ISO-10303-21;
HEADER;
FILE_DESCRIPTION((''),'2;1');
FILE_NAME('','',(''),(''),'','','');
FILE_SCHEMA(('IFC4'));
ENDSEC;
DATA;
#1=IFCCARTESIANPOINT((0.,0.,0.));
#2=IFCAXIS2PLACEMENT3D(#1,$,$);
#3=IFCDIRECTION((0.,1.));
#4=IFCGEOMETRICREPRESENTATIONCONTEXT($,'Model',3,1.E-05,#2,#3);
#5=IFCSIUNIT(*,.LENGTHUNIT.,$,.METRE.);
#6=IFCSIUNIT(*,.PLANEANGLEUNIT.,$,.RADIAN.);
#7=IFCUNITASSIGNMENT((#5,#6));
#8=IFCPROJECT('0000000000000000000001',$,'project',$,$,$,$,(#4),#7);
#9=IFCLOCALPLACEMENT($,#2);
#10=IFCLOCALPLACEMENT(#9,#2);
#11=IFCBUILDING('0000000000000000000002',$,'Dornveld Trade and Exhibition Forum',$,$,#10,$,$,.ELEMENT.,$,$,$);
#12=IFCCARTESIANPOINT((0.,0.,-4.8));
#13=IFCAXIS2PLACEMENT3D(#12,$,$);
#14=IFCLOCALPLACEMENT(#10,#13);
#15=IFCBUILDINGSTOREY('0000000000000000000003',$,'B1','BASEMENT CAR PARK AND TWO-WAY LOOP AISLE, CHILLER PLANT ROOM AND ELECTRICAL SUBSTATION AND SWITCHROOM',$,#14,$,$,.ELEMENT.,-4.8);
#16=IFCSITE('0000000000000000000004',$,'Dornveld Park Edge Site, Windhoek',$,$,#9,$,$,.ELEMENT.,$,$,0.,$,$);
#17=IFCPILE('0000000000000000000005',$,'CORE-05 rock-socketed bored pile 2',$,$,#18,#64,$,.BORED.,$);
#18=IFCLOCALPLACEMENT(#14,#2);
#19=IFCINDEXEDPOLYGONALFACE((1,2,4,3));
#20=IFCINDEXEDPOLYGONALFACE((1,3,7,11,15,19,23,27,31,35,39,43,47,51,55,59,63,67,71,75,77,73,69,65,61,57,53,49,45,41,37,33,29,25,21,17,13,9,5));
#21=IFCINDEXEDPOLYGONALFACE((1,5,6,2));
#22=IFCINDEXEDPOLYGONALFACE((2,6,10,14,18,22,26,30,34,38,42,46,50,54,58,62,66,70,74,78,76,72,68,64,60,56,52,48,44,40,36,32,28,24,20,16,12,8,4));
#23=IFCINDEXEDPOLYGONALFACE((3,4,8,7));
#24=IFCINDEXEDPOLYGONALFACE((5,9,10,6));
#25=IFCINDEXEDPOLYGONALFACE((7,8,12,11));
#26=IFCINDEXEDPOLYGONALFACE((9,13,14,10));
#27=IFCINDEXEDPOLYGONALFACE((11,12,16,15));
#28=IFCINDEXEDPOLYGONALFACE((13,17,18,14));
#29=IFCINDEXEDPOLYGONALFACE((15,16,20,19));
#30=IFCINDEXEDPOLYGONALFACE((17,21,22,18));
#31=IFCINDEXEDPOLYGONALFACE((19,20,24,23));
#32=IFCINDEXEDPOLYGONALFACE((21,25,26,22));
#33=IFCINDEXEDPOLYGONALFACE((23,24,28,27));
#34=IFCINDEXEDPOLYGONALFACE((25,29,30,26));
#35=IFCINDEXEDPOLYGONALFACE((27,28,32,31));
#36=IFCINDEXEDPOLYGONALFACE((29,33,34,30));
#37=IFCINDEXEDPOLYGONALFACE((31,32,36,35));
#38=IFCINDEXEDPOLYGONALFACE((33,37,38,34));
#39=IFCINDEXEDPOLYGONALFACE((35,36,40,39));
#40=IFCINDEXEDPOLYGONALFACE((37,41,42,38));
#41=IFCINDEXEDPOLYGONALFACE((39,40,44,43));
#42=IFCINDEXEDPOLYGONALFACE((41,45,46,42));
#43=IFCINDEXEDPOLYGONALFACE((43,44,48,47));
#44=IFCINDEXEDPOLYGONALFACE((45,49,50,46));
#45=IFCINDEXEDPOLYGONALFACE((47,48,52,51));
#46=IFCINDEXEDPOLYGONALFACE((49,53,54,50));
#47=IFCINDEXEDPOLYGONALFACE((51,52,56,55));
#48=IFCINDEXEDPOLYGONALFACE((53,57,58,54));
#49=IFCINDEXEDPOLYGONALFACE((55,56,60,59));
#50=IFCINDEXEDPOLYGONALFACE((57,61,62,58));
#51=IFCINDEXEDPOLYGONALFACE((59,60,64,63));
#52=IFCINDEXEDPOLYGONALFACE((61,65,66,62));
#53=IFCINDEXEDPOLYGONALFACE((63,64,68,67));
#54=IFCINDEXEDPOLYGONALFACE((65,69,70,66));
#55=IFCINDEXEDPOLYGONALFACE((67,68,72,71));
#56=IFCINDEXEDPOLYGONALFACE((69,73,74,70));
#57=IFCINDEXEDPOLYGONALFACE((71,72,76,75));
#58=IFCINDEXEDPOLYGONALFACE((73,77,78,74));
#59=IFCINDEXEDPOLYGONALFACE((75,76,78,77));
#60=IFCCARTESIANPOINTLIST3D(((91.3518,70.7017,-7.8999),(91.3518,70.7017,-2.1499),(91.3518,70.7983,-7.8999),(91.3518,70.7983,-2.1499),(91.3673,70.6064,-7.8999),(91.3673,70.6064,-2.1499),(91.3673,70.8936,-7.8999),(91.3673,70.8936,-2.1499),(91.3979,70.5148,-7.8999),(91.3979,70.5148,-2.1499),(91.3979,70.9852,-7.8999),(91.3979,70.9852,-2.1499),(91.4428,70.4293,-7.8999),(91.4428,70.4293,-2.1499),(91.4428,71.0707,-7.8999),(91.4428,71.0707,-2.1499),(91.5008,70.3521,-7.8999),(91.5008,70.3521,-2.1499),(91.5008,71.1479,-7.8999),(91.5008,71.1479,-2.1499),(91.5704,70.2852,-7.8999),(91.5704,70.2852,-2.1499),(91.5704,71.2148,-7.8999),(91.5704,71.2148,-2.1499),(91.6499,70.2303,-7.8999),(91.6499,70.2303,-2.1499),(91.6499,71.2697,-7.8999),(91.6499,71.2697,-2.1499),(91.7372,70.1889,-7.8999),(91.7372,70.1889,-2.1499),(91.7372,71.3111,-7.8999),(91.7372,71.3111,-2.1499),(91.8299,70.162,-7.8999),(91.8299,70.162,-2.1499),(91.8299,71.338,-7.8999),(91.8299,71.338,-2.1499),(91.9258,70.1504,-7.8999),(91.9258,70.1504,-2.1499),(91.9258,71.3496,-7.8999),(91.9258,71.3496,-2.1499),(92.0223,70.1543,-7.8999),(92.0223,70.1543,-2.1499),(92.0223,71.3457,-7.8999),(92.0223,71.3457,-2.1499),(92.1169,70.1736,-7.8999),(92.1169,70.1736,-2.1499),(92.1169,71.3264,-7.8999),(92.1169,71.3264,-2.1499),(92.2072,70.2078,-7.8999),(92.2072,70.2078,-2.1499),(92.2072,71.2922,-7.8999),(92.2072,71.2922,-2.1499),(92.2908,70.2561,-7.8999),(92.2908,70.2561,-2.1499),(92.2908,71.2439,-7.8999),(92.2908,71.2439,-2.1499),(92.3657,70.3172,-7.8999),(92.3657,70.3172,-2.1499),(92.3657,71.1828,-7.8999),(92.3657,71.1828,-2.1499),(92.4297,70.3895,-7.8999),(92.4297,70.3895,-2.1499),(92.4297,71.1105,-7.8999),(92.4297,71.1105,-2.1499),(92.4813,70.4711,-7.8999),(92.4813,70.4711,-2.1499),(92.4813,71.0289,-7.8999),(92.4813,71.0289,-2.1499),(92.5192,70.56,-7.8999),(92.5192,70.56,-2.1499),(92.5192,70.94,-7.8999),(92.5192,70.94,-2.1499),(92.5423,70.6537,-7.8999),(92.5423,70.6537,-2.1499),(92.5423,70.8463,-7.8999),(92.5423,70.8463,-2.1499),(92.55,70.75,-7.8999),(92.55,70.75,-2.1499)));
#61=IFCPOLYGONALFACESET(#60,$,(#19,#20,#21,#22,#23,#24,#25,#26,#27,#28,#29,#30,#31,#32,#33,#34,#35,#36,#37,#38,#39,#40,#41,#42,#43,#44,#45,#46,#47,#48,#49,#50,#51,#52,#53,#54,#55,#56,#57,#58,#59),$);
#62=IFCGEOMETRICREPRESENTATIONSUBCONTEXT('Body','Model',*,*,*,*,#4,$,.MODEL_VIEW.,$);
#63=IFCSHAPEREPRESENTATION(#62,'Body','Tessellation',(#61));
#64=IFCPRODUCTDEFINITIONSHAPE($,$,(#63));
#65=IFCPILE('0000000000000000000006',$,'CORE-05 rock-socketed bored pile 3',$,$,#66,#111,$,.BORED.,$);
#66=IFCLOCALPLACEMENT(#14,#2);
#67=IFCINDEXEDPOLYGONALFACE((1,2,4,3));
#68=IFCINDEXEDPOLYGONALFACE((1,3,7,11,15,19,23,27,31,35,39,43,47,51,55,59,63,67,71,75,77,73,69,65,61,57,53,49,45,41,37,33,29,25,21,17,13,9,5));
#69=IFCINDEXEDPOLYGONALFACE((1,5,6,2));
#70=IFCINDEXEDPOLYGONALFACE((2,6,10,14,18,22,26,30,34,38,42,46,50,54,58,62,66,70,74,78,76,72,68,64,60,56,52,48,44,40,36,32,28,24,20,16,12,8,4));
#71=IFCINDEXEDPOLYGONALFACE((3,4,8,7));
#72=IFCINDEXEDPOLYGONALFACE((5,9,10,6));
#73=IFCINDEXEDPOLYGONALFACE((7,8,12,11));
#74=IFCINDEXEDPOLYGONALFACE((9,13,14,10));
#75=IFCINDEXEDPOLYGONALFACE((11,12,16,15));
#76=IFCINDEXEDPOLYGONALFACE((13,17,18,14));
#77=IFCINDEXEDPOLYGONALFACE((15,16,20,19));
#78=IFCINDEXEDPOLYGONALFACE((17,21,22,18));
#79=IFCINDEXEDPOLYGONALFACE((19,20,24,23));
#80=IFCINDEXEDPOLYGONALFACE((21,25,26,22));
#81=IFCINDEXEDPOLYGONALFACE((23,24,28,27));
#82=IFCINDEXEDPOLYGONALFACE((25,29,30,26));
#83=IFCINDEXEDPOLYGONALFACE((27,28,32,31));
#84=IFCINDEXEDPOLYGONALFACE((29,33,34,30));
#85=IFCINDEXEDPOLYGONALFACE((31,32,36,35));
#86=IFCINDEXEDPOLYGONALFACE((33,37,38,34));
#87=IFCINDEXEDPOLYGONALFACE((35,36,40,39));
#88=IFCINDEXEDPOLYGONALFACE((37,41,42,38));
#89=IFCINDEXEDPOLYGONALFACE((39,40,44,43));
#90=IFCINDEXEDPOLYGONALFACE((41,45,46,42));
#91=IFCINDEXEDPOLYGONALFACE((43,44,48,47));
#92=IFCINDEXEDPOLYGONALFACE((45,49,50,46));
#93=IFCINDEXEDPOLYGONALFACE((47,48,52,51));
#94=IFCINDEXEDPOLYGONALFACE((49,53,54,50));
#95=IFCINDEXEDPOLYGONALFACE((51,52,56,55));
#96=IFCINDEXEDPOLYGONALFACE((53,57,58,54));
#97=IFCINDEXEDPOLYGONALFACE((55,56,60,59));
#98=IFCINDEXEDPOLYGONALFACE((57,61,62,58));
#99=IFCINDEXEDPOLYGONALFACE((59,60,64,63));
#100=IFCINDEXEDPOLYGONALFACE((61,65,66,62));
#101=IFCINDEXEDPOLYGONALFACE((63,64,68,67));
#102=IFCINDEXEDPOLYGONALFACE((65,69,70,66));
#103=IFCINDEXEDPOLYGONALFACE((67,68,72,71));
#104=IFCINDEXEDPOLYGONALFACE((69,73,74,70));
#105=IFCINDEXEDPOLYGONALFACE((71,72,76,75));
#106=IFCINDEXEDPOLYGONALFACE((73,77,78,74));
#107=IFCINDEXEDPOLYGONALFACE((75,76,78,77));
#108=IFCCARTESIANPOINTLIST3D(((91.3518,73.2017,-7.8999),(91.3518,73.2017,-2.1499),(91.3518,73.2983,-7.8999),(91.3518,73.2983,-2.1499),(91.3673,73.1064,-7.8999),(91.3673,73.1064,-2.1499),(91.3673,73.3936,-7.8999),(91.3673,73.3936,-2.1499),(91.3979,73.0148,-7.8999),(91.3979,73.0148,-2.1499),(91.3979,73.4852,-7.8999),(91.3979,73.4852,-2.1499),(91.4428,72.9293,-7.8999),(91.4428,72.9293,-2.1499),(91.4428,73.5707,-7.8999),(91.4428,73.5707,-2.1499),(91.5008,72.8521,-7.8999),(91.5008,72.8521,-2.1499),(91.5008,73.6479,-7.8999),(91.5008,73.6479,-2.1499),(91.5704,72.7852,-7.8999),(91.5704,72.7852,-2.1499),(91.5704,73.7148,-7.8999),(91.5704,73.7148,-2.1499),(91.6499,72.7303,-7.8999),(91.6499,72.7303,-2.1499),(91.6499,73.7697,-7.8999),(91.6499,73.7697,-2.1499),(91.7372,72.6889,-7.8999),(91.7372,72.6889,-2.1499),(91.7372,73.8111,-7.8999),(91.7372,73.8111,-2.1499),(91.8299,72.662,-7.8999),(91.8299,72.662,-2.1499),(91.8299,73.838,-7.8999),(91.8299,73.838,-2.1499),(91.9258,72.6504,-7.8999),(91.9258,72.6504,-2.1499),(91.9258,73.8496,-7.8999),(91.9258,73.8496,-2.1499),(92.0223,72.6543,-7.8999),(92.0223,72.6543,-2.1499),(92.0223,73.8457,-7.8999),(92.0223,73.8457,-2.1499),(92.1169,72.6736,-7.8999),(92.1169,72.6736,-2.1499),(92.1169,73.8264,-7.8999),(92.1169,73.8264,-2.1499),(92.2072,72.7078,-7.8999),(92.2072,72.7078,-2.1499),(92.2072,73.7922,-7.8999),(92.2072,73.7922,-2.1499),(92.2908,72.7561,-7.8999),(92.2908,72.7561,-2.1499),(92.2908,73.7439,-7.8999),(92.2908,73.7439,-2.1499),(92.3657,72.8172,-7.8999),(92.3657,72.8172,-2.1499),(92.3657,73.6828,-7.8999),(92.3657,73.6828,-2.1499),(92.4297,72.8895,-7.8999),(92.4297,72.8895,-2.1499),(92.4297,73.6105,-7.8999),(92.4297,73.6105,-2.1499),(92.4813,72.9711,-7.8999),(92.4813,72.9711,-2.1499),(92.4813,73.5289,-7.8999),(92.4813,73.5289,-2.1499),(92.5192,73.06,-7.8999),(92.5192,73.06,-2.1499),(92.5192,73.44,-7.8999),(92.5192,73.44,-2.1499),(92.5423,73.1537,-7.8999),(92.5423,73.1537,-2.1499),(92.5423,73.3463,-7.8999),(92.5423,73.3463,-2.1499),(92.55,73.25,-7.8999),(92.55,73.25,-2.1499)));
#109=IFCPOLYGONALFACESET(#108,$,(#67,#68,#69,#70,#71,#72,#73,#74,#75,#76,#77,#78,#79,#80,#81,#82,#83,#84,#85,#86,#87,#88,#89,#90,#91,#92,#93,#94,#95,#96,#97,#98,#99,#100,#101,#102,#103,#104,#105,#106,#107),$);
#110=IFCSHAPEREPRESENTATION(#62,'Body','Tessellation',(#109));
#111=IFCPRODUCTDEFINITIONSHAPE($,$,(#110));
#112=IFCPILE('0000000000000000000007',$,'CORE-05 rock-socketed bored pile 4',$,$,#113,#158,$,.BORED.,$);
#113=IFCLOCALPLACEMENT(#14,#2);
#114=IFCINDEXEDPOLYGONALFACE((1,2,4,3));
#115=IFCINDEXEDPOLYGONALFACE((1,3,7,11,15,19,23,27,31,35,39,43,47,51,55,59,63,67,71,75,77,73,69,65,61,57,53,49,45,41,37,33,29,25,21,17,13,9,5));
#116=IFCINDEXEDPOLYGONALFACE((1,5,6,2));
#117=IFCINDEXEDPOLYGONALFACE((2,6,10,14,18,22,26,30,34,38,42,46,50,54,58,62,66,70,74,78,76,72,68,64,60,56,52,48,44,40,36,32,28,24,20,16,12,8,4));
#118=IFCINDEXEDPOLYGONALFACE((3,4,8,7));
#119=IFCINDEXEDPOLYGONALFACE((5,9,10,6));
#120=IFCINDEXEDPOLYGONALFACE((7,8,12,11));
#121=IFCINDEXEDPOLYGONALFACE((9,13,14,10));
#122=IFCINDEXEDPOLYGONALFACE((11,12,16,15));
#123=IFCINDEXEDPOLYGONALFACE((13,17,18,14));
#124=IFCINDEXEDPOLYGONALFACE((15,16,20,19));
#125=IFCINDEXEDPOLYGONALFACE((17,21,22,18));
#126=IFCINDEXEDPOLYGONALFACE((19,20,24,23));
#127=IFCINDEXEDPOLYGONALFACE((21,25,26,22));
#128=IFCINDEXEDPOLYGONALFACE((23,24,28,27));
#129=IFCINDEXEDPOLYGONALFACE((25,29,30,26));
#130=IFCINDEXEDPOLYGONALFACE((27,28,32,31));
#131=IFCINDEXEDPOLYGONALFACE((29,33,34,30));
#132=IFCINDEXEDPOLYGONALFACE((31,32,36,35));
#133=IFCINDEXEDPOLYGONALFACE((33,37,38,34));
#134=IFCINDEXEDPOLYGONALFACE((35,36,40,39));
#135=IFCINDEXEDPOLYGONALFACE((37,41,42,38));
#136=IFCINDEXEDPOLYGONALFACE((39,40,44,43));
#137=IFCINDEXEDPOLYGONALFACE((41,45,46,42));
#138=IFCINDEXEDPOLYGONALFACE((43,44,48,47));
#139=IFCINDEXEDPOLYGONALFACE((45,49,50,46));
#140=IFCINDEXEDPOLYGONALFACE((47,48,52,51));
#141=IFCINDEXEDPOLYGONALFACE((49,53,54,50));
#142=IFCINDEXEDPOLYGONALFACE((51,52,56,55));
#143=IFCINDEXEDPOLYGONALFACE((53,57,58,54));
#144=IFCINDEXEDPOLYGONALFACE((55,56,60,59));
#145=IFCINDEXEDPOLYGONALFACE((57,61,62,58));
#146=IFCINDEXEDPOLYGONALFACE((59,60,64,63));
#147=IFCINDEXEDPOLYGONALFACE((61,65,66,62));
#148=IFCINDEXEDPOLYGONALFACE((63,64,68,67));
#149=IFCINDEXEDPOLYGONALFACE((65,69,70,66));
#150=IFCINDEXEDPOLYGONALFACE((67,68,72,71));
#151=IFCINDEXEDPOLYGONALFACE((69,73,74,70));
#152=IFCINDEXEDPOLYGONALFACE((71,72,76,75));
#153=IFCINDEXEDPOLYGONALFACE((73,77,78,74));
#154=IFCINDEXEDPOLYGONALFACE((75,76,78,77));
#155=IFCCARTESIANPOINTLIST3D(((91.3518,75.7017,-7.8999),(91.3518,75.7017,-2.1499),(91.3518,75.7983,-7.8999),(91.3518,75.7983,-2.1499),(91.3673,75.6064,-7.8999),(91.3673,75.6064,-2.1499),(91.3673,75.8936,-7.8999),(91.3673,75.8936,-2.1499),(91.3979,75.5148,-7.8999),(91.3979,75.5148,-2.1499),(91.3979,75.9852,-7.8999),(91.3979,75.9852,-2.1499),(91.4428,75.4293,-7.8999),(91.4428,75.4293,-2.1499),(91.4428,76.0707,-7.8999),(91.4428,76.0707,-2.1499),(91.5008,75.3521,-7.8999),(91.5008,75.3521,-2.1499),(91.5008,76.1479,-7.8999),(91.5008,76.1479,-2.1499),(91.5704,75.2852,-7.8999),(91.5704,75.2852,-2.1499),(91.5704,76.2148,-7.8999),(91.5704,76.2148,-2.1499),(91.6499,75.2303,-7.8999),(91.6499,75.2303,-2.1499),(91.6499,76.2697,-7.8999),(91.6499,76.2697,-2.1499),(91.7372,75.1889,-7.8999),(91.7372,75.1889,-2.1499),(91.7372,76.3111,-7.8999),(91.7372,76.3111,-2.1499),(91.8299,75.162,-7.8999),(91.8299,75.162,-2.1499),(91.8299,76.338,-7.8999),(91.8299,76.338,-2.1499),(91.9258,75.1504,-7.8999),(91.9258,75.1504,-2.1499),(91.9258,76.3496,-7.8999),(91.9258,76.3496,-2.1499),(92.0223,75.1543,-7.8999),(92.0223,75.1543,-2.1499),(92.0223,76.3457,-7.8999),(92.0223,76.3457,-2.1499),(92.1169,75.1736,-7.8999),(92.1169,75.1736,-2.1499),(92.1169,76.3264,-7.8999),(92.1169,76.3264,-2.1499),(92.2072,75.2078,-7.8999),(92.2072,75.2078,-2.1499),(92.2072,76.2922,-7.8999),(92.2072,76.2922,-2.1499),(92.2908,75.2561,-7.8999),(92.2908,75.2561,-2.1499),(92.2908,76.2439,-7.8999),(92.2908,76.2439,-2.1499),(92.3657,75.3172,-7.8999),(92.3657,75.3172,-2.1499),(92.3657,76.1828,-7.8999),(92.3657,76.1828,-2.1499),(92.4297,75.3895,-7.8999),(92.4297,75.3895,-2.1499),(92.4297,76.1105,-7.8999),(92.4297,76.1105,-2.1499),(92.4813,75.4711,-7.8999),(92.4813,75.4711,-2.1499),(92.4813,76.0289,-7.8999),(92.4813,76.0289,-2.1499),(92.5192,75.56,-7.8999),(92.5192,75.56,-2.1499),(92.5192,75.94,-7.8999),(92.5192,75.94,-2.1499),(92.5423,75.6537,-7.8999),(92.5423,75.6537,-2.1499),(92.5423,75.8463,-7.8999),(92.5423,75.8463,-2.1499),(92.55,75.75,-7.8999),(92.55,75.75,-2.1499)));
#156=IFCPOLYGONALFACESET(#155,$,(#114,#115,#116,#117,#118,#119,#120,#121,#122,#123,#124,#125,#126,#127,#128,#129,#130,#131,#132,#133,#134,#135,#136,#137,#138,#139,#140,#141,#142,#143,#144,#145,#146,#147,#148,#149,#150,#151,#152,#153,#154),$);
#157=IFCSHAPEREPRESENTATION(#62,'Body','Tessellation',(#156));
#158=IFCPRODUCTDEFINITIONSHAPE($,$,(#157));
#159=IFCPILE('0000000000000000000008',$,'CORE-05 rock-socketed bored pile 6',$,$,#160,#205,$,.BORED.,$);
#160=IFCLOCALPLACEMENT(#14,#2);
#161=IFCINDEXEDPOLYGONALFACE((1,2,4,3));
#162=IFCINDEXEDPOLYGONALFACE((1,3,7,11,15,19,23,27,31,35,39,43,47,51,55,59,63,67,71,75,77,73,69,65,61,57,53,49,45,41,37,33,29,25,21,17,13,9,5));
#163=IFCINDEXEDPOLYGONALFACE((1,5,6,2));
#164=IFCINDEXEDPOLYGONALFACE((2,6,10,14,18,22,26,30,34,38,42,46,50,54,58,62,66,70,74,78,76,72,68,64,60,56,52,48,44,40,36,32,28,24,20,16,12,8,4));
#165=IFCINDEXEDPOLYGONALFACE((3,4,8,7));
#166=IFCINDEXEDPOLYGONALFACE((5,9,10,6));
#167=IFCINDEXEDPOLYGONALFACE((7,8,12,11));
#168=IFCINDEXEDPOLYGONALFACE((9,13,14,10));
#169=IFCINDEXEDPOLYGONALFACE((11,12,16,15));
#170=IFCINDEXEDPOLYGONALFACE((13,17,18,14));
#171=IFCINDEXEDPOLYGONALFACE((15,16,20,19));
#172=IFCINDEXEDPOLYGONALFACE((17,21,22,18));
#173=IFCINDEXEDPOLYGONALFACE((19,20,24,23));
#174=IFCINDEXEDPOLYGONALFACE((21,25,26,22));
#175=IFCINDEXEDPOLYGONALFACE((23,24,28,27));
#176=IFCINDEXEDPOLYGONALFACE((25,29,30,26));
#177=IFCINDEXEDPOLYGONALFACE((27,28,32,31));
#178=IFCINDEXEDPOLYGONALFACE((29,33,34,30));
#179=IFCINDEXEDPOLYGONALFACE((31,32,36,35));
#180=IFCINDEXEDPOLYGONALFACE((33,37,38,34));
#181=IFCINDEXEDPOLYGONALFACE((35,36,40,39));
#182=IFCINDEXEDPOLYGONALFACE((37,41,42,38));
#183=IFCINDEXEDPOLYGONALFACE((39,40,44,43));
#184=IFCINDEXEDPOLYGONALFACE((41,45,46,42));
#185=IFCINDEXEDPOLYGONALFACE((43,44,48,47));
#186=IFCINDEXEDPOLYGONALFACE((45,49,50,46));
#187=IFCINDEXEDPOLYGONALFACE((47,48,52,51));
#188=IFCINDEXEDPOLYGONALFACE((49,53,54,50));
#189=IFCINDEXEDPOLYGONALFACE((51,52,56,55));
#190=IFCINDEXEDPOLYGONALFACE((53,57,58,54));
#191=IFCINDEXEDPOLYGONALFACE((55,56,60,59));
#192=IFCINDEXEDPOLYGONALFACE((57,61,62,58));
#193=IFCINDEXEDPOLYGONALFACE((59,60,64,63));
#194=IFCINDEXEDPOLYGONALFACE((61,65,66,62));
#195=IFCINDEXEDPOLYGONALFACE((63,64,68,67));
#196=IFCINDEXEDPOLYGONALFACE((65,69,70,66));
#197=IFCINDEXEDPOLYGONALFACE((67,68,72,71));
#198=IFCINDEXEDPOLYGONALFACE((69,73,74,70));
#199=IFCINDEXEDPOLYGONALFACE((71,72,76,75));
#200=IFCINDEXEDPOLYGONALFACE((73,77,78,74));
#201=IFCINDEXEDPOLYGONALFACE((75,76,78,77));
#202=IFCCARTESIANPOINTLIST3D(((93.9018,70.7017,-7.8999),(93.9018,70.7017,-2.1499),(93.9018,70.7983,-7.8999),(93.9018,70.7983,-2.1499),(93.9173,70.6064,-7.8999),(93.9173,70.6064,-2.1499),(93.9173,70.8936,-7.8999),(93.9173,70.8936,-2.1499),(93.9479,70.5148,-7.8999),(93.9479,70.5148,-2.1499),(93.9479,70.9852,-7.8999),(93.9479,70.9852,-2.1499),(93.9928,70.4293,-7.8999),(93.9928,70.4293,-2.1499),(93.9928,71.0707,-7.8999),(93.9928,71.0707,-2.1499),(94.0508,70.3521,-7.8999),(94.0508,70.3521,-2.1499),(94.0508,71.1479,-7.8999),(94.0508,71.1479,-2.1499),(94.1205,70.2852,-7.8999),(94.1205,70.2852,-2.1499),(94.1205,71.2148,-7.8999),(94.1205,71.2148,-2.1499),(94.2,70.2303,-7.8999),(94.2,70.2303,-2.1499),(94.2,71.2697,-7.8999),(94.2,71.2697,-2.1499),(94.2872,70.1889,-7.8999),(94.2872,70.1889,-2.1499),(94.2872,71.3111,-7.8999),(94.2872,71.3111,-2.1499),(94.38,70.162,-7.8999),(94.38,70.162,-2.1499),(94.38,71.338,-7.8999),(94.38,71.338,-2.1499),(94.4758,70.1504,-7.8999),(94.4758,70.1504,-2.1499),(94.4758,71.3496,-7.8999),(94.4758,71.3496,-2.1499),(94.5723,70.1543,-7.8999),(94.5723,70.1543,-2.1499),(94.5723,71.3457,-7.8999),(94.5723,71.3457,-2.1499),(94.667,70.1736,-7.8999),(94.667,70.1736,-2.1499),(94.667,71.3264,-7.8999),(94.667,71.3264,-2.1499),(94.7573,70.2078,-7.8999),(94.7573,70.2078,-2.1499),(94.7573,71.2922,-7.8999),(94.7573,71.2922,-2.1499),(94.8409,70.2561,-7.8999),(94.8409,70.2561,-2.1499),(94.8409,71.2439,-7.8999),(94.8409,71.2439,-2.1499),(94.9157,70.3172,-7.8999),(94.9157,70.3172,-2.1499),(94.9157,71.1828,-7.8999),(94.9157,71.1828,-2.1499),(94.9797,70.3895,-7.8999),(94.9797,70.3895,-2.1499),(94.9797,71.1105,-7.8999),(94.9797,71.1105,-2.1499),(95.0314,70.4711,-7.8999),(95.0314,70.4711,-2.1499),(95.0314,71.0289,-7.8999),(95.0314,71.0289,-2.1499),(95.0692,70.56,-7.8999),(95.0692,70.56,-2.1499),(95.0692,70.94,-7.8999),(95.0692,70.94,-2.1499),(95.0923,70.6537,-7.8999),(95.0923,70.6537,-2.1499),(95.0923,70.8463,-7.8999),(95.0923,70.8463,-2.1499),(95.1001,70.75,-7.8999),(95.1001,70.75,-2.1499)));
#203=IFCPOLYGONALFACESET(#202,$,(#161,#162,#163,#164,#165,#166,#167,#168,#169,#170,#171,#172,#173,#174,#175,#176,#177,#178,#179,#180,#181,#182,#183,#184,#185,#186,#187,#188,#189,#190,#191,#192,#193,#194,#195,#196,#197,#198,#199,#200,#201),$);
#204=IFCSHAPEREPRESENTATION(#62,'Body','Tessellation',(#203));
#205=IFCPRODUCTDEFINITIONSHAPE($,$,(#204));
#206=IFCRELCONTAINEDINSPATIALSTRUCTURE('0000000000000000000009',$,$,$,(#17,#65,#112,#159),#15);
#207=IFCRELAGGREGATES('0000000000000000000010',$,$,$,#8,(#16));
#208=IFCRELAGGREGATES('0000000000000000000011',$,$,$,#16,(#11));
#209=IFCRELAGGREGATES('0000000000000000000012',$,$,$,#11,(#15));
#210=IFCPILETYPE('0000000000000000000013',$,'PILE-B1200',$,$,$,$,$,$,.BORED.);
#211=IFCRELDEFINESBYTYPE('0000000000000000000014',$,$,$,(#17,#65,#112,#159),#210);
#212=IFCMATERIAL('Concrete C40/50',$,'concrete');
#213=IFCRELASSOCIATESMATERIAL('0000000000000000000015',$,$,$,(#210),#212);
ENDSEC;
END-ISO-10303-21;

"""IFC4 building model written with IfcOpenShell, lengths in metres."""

from ifc_helpers import new_model, si_unit, direction, frame, origin, origin_2d, place, context, subcontext, project, spatial, circle, extrude, material, material_profile, profile_set, type_object, element, save


model = new_model("IFC4")

# Units and contexts
model_context = context("Model", 3, precision=1e-05, world=origin(), true_north=direction((0.0, 1.0)))
body_context = subcontext(model_context, "Body", "Model", "MODEL_VIEW")
ifc_project = project(units=[si_unit("LENGTHUNIT", "METRE"), si_unit("PLANEANGLEUNIT", "RADIAN")], contexts=[model_context])

# Site, building, storey
site_placement = place(None, origin())
site = spatial("IfcSite", under=ifc_project, at=site_placement, Name="Dornveld Park Edge Site, Windhoek", CompositionType="ELEMENT", RefElevation=0.0)
building_placement = place(site_placement, origin())
building = spatial("IfcBuilding", under=site, at=building_placement, Name="Dornveld Trade and Exhibition Forum", CompositionType="ELEMENT")
storey_placement = place(building_placement, frame((0.0, 0.0, -4.8)))
storey = spatial("IfcBuildingStorey", under=building, at=storey_placement, Name="B1", Description="BASEMENT CAR PARK AND TWO-WAY LOOP AISLE, CHILLER PLANT ROOM AND ELECTRICAL SUBSTATION AND SWITCHROOM", CompositionType="ELEMENT", Elevation=-4.8)

# Piles
ifc_material_1 = material(Name="Concrete C40/50", Category="concrete")
ifc_material_profile_1 = material_profile(ifc_material_1, circle(Radius=0.6001, at=origin_2d()), Name="PILE D1200")
ifc_profile_set_1 = profile_set([ifc_material_profile_1], Name="Concrete C40/50")
pile_type_1 = type_object("IfcPileType", Name="PILE-B1200", PredefinedType="BORED", material=ifc_profile_set_1)
for number, where, z_axis, x_axis, name in (
    (1, (91.95, 70.75, -2.1499), (0.0, 0.0, -1.0), (1.0, 0.0, 0.0), "CORE-05 rock-socketed bored pile 2"),
    (2, (91.95, 73.25, -2.1499), (0.0, 0.0, -1.0), (1.0, 0.0, 0.0), "CORE-05 rock-socketed bored pile 3"),
    (3, (91.95, 75.75, -2.1499), (0.0, 0.0, -1.0), (1.0, 0.0, 0.0), "CORE-05 rock-socketed bored pile 4"),
    (4, (94.5, 70.75, -2.1499), (0.0, 0.0, -1.0), (1.0, 0.0, 0.0), "CORE-05 rock-socketed bored pile 6"),
):
    element("IfcPile", number, at=place(storey_placement, frame(where, z_axis=z_axis, x_axis=x_axis)), inside=storey, type_object=pile_type_1, Name=name, PredefinedType="BORED", context=body_context, shape_type="SweptSolid", body=[
        extrude(circle(Radius=0.6001, at=origin_2d()), origin(), (0.0, 0.0, 1.0), 5.75),
    ])

save(model, "model.ifc")
